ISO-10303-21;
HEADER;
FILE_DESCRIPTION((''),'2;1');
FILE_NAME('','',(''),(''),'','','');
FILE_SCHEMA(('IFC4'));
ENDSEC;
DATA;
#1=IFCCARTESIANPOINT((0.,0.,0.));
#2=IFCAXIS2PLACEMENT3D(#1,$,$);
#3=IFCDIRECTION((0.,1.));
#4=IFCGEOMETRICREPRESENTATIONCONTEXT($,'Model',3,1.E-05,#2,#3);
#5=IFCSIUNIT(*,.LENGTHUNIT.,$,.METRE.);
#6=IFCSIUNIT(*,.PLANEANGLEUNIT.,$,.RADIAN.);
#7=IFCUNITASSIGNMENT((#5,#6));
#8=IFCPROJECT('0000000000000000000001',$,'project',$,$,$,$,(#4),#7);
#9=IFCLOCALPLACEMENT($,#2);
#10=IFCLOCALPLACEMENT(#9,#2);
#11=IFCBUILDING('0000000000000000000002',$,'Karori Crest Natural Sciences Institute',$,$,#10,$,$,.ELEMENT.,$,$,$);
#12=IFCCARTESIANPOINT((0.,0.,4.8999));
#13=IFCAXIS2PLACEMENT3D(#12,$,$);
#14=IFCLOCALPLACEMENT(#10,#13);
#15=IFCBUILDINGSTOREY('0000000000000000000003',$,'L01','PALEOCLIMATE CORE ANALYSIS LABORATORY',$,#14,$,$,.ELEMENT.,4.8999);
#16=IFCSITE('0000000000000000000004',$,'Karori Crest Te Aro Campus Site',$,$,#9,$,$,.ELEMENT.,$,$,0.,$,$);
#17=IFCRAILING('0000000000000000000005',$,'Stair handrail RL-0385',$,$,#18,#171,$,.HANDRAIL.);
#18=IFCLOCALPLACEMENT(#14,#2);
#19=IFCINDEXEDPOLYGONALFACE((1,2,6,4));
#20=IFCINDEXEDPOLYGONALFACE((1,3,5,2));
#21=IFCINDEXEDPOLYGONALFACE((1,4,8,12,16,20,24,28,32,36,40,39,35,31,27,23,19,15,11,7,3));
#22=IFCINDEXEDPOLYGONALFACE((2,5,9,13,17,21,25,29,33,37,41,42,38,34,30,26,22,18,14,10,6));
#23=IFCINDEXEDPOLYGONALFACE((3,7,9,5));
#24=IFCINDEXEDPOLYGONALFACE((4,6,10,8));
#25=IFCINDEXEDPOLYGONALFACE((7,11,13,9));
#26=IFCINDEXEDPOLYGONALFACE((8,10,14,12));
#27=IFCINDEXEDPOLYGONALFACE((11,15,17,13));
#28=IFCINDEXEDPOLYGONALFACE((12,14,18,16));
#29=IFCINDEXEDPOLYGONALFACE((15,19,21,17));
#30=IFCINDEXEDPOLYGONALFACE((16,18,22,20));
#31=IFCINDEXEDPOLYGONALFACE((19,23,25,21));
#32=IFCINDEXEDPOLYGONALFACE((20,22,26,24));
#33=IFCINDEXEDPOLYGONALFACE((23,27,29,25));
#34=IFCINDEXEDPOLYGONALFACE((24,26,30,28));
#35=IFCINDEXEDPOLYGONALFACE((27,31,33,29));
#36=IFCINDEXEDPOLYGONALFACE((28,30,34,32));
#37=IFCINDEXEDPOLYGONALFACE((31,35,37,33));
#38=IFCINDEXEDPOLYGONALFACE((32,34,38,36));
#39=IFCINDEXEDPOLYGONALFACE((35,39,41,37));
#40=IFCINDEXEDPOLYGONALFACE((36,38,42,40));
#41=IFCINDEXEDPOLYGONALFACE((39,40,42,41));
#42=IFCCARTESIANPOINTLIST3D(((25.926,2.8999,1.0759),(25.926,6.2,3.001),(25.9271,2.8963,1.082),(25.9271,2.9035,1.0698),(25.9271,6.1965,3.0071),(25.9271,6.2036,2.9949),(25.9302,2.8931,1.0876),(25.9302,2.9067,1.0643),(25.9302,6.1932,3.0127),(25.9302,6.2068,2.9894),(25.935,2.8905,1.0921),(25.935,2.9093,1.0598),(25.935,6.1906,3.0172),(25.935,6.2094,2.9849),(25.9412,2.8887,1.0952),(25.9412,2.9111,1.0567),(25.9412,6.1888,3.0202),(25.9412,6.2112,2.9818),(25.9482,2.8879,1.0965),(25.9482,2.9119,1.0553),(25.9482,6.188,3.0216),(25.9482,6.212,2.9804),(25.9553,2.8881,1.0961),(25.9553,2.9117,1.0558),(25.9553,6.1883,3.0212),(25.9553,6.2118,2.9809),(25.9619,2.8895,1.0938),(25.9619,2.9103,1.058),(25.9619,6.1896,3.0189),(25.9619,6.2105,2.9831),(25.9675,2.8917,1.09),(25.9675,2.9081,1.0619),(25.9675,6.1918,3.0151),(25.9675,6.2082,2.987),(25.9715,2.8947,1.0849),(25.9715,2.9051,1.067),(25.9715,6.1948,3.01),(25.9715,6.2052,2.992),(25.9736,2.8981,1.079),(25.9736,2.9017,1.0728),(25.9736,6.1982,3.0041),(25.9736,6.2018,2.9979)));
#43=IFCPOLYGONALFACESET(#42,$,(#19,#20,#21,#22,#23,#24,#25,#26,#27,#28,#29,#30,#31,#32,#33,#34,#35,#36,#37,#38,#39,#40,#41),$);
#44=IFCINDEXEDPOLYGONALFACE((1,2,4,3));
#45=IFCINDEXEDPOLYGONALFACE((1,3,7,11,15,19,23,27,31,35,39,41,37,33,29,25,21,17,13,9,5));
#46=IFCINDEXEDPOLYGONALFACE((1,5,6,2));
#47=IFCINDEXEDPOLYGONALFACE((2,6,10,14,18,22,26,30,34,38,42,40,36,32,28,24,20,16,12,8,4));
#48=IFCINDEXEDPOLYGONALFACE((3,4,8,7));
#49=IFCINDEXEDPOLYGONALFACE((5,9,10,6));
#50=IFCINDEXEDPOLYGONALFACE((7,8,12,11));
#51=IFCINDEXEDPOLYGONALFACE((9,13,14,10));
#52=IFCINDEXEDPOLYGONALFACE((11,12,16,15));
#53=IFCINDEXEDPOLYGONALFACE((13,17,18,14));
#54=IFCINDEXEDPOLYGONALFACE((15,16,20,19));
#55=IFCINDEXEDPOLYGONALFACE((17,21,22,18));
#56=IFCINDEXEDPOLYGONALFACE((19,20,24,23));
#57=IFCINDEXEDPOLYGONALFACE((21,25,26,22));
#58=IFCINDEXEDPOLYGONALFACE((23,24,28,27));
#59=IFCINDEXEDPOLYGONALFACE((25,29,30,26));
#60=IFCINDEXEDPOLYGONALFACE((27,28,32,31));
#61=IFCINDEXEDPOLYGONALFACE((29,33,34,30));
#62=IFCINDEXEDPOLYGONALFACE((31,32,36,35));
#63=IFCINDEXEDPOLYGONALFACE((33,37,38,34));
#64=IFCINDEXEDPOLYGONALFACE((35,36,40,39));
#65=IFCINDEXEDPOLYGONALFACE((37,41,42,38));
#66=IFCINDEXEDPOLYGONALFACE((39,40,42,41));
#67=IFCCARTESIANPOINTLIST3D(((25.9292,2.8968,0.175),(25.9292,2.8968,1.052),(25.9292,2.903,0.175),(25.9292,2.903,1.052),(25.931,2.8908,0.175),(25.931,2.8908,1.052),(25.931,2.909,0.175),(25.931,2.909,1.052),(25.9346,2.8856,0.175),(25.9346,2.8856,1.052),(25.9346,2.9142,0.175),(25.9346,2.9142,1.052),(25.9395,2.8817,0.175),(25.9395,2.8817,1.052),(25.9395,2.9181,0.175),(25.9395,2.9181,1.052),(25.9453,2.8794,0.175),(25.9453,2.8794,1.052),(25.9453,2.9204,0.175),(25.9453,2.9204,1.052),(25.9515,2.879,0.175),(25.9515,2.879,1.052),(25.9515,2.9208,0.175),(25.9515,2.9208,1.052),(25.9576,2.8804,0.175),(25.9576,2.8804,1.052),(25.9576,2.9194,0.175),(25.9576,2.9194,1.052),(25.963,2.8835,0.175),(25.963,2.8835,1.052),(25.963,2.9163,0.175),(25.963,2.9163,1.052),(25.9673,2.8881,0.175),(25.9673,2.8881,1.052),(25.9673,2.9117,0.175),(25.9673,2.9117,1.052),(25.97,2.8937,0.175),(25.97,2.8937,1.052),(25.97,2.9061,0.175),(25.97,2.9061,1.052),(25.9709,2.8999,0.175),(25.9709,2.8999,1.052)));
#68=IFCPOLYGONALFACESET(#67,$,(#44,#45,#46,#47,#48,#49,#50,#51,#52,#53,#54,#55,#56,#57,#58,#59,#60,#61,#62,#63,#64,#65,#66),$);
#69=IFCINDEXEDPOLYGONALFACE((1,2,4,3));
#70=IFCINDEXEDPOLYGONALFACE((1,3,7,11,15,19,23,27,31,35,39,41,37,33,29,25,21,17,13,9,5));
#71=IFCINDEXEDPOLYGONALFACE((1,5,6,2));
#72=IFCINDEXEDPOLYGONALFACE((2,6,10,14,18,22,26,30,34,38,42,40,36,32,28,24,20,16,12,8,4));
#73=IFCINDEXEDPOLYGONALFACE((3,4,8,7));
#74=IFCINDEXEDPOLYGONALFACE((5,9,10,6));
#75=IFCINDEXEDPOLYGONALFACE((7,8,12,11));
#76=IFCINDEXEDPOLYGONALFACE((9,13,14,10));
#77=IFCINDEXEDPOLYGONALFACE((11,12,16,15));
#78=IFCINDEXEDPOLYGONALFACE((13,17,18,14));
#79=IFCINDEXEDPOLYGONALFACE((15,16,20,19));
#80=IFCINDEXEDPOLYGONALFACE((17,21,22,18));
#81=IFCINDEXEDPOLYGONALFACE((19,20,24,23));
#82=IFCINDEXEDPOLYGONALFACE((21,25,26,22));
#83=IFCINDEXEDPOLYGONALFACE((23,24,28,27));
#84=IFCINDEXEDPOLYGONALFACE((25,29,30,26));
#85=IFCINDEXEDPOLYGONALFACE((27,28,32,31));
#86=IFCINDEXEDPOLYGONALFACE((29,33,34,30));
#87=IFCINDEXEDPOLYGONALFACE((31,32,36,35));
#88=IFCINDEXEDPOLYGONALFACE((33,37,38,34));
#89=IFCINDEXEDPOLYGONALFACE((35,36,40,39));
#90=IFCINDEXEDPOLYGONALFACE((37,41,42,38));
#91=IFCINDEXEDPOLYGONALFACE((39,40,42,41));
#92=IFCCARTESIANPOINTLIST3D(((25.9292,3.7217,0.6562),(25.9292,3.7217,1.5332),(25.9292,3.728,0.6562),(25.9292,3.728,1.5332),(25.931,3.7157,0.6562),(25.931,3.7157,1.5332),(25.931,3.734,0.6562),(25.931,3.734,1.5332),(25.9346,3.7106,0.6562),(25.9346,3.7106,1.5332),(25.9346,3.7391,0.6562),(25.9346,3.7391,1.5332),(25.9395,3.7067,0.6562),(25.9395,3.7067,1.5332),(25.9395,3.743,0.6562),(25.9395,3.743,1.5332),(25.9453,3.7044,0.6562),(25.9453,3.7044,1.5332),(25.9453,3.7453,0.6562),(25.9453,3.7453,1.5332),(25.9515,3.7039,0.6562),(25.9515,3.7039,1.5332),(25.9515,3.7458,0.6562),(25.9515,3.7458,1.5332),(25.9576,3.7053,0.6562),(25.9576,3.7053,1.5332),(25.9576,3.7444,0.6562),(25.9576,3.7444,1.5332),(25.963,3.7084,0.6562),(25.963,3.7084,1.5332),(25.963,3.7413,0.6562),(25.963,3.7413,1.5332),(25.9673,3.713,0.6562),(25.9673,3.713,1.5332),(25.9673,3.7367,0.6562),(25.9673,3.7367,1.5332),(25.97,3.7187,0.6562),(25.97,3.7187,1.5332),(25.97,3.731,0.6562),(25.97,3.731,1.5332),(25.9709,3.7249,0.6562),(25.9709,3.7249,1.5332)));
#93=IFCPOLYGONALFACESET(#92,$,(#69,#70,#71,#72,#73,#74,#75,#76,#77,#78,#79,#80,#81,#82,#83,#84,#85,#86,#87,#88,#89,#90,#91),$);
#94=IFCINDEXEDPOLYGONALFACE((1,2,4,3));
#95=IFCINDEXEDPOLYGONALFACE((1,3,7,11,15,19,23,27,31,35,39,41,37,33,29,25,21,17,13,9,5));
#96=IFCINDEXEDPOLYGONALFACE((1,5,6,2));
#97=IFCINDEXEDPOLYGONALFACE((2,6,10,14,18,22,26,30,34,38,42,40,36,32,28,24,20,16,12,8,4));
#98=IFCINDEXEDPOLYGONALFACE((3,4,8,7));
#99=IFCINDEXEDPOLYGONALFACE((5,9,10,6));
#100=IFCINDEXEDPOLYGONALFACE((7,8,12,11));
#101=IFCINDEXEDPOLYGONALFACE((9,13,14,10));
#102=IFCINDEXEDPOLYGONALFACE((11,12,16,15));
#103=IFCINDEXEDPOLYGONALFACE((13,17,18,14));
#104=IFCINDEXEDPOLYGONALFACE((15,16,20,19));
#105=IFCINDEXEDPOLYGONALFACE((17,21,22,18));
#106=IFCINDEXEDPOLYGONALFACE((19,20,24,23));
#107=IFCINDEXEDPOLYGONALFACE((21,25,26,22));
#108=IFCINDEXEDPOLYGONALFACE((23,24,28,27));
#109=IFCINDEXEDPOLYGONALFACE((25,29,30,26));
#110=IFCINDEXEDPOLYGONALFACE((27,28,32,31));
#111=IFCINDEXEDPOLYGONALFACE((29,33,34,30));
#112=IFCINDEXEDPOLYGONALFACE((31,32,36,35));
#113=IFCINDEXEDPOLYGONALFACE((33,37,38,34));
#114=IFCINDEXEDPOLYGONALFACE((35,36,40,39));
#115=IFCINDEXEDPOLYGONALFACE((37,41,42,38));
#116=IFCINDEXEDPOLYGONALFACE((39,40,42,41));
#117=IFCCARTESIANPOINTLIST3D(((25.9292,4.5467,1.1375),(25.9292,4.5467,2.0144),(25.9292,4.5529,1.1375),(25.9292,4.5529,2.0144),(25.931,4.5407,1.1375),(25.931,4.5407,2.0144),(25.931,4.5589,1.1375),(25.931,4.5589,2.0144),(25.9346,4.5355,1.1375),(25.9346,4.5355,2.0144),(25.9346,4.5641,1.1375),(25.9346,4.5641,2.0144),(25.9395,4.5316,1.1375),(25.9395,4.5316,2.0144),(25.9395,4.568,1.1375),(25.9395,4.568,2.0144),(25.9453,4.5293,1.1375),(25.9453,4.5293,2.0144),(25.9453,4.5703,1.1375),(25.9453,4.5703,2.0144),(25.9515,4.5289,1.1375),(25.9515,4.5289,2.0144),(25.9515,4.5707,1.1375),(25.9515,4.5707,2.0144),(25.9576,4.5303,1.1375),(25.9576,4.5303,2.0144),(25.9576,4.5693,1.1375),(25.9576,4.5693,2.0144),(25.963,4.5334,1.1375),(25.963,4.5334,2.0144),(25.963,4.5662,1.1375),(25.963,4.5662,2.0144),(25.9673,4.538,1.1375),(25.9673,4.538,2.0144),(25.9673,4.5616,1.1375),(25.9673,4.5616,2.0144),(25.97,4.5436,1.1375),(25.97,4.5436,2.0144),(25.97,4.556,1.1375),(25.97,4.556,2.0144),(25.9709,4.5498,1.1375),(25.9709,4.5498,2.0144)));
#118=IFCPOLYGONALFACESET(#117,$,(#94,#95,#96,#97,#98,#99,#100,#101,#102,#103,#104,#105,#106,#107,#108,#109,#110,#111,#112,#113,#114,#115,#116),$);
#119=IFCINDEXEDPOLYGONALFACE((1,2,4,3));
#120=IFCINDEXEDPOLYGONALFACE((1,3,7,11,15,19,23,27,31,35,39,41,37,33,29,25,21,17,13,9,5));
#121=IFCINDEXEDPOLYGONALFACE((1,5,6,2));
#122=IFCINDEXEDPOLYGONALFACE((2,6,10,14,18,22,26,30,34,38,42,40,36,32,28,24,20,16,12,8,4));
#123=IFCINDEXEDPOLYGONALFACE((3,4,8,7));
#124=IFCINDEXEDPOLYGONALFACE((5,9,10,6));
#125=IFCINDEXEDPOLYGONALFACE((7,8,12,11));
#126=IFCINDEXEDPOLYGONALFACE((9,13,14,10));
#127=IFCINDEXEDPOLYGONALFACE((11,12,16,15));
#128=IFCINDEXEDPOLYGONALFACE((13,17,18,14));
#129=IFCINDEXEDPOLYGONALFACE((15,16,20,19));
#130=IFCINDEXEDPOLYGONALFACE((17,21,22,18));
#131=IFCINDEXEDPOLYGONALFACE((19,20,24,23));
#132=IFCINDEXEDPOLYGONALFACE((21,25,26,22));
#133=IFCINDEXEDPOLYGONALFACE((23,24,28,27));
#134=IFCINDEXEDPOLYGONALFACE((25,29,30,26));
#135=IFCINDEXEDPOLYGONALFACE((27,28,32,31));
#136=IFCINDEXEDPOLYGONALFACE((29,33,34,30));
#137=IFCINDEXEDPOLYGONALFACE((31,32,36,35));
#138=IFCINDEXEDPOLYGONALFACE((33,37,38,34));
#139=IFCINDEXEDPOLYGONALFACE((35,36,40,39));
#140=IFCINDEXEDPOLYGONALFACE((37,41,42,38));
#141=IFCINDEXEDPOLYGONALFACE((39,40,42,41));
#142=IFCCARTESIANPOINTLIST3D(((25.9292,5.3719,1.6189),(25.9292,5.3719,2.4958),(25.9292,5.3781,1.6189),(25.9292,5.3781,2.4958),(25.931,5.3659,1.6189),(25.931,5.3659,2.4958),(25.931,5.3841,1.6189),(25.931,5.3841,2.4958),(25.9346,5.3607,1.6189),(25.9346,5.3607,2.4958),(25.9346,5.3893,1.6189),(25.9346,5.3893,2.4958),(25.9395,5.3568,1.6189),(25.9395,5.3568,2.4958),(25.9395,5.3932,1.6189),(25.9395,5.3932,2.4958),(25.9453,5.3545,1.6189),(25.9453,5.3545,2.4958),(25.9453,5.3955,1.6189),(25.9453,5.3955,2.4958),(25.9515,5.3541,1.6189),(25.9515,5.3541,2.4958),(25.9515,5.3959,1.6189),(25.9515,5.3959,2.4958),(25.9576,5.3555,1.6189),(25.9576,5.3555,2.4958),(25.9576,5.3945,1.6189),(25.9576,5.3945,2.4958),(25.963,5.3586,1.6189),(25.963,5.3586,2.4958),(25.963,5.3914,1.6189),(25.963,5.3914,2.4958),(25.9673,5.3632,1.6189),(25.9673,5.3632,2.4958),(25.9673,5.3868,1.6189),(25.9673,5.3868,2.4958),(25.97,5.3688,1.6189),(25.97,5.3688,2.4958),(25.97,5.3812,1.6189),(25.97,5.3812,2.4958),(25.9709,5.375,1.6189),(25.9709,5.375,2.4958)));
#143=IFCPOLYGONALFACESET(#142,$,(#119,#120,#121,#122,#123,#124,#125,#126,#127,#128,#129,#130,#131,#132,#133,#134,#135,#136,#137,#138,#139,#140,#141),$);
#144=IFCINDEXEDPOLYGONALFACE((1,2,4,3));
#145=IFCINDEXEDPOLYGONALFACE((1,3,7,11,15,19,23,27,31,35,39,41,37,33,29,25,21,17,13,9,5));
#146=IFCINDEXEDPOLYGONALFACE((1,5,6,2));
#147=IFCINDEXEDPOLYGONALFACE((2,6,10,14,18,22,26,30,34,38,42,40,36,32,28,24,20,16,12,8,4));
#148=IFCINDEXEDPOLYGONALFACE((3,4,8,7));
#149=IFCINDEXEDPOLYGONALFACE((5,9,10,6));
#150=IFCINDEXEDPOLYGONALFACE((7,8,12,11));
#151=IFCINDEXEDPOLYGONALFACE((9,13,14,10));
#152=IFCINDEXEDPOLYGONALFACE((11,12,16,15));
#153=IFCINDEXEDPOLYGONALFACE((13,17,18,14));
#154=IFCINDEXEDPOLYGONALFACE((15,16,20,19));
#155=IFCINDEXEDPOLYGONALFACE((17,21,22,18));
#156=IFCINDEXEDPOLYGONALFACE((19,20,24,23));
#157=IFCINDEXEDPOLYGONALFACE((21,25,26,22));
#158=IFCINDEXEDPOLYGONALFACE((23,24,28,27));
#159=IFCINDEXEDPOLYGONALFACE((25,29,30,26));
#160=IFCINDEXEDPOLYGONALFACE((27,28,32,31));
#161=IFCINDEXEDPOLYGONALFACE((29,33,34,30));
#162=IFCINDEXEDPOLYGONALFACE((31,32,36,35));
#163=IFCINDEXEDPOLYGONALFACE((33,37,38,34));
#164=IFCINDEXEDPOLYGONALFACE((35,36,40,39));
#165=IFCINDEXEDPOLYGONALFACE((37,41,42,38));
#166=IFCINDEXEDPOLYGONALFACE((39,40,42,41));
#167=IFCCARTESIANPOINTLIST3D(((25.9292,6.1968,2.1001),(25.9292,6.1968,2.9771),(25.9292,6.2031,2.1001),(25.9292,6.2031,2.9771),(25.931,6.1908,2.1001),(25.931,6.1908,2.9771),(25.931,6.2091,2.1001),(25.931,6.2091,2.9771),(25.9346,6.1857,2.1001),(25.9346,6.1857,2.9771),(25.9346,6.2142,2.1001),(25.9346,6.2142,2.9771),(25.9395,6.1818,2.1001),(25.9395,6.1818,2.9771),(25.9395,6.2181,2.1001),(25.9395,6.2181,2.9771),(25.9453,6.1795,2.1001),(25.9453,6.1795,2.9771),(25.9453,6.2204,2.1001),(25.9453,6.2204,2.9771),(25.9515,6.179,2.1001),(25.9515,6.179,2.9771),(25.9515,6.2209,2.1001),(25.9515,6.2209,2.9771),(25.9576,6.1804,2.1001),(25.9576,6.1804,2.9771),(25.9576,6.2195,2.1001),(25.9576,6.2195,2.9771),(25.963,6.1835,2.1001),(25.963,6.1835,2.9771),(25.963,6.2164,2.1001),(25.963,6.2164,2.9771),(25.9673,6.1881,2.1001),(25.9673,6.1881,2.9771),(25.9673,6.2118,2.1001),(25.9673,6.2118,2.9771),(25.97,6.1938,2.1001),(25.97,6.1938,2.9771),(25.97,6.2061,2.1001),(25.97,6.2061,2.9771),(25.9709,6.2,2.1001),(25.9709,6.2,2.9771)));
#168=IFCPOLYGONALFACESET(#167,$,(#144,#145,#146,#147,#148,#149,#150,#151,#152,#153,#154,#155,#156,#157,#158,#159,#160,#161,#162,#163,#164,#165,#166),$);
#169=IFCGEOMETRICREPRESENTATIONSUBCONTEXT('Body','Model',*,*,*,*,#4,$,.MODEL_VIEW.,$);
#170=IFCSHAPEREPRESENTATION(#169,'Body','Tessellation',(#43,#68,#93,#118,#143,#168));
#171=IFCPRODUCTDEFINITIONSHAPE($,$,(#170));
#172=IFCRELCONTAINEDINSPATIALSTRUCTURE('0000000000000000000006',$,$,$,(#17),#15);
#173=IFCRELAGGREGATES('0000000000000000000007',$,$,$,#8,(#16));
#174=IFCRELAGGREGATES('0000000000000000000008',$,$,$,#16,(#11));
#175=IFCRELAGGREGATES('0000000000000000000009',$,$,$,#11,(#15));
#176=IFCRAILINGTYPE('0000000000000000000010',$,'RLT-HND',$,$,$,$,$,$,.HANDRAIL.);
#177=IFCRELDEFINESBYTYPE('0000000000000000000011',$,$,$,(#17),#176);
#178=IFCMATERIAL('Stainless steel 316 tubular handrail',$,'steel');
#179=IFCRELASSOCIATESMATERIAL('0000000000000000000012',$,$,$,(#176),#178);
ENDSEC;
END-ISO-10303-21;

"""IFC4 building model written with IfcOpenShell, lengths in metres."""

from ifc_helpers import new_model, si_unit, direction, frame, origin, origin_2d, place, context, subcontext, project, spatial, circle, extrude, material, type_object, element, save


model = new_model("IFC4")

# Units and contexts
model_context = context("Model", 3, precision=1e-05, world=origin(), true_north=direction((0.0, 1.0)))
body_context = subcontext(model_context, "Body", "Model", "MODEL_VIEW")
ifc_project = project(units=[si_unit("LENGTHUNIT", "METRE"), si_unit("PLANEANGLEUNIT", "RADIAN")], contexts=[model_context])

# Site, building, storey
site_placement = place(None, origin())
site = spatial("IfcSite", under=ifc_project, at=site_placement, Name="Karori Crest Te Aro Campus Site", CompositionType="ELEMENT", RefElevation=0.0)
building_placement = place(site_placement, origin())
building = spatial("IfcBuilding", under=site, at=building_placement, Name="Karori Crest Natural Sciences Institute", CompositionType="ELEMENT")
storey_placement = place(building_placement, frame((0.0, 0.0, 4.8999)))
storey = spatial("IfcBuildingStorey", under=building, at=storey_placement, Name="L01", Description="PALEOCLIMATE CORE ANALYSIS LABORATORY", CompositionType="ELEMENT", Elevation=4.8999)

# Railing
ifc_material_1 = material(Name="Stainless steel 316 tubular handrail", Category="steel")
railing_type_1 = type_object("IfcRailingType", Name="RLT-HND", PredefinedType="HANDRAIL", material=ifc_material_1)
railing_1_placement = place(storey_placement, frame((25.95, 2.8999, 0.175)))
element("IfcRailing", 1, at=railing_1_placement, inside=storey, type_object=railing_type_1, Name="Stair handrail RL-0385", PredefinedType="HANDRAIL", context=body_context, shape_type="SweptSolid", body=[
    extrude(circle(Radius=0.0239, at=origin_2d()), frame((0.0, 0.0, 0.9009), z_axis=(0.0, 0.863777, 0.503875), x_axis=(-1.0, 0.0, 0.0)), (0.0, 0.0, 1.0), 3.8206),
    extrude(circle(Radius=0.021, at=origin_2d()), origin(), (0.0, 0.0, 1.0), 0.877),
    extrude(circle(Radius=0.021, at=origin_2d()), frame((0.0, 0.825, 0.4812)), (0.0, 0.0, 1.0), 0.877),
    extrude(circle(Radius=0.021, at=origin_2d()), frame((0.0, 1.6499, 0.9624)), (0.0, 0.0, 1.0), 0.877),
    extrude(circle(Radius=0.021, at=origin_2d()), frame((0.0, 2.4751, 1.4438)), (0.0, 0.0, 1.0), 0.877),
    extrude(circle(Radius=0.021, at=origin_2d()), frame((0.0, 3.3, 1.925)), (0.0, 0.0, 1.0), 0.877),
])

save(model, "model.ifc")
